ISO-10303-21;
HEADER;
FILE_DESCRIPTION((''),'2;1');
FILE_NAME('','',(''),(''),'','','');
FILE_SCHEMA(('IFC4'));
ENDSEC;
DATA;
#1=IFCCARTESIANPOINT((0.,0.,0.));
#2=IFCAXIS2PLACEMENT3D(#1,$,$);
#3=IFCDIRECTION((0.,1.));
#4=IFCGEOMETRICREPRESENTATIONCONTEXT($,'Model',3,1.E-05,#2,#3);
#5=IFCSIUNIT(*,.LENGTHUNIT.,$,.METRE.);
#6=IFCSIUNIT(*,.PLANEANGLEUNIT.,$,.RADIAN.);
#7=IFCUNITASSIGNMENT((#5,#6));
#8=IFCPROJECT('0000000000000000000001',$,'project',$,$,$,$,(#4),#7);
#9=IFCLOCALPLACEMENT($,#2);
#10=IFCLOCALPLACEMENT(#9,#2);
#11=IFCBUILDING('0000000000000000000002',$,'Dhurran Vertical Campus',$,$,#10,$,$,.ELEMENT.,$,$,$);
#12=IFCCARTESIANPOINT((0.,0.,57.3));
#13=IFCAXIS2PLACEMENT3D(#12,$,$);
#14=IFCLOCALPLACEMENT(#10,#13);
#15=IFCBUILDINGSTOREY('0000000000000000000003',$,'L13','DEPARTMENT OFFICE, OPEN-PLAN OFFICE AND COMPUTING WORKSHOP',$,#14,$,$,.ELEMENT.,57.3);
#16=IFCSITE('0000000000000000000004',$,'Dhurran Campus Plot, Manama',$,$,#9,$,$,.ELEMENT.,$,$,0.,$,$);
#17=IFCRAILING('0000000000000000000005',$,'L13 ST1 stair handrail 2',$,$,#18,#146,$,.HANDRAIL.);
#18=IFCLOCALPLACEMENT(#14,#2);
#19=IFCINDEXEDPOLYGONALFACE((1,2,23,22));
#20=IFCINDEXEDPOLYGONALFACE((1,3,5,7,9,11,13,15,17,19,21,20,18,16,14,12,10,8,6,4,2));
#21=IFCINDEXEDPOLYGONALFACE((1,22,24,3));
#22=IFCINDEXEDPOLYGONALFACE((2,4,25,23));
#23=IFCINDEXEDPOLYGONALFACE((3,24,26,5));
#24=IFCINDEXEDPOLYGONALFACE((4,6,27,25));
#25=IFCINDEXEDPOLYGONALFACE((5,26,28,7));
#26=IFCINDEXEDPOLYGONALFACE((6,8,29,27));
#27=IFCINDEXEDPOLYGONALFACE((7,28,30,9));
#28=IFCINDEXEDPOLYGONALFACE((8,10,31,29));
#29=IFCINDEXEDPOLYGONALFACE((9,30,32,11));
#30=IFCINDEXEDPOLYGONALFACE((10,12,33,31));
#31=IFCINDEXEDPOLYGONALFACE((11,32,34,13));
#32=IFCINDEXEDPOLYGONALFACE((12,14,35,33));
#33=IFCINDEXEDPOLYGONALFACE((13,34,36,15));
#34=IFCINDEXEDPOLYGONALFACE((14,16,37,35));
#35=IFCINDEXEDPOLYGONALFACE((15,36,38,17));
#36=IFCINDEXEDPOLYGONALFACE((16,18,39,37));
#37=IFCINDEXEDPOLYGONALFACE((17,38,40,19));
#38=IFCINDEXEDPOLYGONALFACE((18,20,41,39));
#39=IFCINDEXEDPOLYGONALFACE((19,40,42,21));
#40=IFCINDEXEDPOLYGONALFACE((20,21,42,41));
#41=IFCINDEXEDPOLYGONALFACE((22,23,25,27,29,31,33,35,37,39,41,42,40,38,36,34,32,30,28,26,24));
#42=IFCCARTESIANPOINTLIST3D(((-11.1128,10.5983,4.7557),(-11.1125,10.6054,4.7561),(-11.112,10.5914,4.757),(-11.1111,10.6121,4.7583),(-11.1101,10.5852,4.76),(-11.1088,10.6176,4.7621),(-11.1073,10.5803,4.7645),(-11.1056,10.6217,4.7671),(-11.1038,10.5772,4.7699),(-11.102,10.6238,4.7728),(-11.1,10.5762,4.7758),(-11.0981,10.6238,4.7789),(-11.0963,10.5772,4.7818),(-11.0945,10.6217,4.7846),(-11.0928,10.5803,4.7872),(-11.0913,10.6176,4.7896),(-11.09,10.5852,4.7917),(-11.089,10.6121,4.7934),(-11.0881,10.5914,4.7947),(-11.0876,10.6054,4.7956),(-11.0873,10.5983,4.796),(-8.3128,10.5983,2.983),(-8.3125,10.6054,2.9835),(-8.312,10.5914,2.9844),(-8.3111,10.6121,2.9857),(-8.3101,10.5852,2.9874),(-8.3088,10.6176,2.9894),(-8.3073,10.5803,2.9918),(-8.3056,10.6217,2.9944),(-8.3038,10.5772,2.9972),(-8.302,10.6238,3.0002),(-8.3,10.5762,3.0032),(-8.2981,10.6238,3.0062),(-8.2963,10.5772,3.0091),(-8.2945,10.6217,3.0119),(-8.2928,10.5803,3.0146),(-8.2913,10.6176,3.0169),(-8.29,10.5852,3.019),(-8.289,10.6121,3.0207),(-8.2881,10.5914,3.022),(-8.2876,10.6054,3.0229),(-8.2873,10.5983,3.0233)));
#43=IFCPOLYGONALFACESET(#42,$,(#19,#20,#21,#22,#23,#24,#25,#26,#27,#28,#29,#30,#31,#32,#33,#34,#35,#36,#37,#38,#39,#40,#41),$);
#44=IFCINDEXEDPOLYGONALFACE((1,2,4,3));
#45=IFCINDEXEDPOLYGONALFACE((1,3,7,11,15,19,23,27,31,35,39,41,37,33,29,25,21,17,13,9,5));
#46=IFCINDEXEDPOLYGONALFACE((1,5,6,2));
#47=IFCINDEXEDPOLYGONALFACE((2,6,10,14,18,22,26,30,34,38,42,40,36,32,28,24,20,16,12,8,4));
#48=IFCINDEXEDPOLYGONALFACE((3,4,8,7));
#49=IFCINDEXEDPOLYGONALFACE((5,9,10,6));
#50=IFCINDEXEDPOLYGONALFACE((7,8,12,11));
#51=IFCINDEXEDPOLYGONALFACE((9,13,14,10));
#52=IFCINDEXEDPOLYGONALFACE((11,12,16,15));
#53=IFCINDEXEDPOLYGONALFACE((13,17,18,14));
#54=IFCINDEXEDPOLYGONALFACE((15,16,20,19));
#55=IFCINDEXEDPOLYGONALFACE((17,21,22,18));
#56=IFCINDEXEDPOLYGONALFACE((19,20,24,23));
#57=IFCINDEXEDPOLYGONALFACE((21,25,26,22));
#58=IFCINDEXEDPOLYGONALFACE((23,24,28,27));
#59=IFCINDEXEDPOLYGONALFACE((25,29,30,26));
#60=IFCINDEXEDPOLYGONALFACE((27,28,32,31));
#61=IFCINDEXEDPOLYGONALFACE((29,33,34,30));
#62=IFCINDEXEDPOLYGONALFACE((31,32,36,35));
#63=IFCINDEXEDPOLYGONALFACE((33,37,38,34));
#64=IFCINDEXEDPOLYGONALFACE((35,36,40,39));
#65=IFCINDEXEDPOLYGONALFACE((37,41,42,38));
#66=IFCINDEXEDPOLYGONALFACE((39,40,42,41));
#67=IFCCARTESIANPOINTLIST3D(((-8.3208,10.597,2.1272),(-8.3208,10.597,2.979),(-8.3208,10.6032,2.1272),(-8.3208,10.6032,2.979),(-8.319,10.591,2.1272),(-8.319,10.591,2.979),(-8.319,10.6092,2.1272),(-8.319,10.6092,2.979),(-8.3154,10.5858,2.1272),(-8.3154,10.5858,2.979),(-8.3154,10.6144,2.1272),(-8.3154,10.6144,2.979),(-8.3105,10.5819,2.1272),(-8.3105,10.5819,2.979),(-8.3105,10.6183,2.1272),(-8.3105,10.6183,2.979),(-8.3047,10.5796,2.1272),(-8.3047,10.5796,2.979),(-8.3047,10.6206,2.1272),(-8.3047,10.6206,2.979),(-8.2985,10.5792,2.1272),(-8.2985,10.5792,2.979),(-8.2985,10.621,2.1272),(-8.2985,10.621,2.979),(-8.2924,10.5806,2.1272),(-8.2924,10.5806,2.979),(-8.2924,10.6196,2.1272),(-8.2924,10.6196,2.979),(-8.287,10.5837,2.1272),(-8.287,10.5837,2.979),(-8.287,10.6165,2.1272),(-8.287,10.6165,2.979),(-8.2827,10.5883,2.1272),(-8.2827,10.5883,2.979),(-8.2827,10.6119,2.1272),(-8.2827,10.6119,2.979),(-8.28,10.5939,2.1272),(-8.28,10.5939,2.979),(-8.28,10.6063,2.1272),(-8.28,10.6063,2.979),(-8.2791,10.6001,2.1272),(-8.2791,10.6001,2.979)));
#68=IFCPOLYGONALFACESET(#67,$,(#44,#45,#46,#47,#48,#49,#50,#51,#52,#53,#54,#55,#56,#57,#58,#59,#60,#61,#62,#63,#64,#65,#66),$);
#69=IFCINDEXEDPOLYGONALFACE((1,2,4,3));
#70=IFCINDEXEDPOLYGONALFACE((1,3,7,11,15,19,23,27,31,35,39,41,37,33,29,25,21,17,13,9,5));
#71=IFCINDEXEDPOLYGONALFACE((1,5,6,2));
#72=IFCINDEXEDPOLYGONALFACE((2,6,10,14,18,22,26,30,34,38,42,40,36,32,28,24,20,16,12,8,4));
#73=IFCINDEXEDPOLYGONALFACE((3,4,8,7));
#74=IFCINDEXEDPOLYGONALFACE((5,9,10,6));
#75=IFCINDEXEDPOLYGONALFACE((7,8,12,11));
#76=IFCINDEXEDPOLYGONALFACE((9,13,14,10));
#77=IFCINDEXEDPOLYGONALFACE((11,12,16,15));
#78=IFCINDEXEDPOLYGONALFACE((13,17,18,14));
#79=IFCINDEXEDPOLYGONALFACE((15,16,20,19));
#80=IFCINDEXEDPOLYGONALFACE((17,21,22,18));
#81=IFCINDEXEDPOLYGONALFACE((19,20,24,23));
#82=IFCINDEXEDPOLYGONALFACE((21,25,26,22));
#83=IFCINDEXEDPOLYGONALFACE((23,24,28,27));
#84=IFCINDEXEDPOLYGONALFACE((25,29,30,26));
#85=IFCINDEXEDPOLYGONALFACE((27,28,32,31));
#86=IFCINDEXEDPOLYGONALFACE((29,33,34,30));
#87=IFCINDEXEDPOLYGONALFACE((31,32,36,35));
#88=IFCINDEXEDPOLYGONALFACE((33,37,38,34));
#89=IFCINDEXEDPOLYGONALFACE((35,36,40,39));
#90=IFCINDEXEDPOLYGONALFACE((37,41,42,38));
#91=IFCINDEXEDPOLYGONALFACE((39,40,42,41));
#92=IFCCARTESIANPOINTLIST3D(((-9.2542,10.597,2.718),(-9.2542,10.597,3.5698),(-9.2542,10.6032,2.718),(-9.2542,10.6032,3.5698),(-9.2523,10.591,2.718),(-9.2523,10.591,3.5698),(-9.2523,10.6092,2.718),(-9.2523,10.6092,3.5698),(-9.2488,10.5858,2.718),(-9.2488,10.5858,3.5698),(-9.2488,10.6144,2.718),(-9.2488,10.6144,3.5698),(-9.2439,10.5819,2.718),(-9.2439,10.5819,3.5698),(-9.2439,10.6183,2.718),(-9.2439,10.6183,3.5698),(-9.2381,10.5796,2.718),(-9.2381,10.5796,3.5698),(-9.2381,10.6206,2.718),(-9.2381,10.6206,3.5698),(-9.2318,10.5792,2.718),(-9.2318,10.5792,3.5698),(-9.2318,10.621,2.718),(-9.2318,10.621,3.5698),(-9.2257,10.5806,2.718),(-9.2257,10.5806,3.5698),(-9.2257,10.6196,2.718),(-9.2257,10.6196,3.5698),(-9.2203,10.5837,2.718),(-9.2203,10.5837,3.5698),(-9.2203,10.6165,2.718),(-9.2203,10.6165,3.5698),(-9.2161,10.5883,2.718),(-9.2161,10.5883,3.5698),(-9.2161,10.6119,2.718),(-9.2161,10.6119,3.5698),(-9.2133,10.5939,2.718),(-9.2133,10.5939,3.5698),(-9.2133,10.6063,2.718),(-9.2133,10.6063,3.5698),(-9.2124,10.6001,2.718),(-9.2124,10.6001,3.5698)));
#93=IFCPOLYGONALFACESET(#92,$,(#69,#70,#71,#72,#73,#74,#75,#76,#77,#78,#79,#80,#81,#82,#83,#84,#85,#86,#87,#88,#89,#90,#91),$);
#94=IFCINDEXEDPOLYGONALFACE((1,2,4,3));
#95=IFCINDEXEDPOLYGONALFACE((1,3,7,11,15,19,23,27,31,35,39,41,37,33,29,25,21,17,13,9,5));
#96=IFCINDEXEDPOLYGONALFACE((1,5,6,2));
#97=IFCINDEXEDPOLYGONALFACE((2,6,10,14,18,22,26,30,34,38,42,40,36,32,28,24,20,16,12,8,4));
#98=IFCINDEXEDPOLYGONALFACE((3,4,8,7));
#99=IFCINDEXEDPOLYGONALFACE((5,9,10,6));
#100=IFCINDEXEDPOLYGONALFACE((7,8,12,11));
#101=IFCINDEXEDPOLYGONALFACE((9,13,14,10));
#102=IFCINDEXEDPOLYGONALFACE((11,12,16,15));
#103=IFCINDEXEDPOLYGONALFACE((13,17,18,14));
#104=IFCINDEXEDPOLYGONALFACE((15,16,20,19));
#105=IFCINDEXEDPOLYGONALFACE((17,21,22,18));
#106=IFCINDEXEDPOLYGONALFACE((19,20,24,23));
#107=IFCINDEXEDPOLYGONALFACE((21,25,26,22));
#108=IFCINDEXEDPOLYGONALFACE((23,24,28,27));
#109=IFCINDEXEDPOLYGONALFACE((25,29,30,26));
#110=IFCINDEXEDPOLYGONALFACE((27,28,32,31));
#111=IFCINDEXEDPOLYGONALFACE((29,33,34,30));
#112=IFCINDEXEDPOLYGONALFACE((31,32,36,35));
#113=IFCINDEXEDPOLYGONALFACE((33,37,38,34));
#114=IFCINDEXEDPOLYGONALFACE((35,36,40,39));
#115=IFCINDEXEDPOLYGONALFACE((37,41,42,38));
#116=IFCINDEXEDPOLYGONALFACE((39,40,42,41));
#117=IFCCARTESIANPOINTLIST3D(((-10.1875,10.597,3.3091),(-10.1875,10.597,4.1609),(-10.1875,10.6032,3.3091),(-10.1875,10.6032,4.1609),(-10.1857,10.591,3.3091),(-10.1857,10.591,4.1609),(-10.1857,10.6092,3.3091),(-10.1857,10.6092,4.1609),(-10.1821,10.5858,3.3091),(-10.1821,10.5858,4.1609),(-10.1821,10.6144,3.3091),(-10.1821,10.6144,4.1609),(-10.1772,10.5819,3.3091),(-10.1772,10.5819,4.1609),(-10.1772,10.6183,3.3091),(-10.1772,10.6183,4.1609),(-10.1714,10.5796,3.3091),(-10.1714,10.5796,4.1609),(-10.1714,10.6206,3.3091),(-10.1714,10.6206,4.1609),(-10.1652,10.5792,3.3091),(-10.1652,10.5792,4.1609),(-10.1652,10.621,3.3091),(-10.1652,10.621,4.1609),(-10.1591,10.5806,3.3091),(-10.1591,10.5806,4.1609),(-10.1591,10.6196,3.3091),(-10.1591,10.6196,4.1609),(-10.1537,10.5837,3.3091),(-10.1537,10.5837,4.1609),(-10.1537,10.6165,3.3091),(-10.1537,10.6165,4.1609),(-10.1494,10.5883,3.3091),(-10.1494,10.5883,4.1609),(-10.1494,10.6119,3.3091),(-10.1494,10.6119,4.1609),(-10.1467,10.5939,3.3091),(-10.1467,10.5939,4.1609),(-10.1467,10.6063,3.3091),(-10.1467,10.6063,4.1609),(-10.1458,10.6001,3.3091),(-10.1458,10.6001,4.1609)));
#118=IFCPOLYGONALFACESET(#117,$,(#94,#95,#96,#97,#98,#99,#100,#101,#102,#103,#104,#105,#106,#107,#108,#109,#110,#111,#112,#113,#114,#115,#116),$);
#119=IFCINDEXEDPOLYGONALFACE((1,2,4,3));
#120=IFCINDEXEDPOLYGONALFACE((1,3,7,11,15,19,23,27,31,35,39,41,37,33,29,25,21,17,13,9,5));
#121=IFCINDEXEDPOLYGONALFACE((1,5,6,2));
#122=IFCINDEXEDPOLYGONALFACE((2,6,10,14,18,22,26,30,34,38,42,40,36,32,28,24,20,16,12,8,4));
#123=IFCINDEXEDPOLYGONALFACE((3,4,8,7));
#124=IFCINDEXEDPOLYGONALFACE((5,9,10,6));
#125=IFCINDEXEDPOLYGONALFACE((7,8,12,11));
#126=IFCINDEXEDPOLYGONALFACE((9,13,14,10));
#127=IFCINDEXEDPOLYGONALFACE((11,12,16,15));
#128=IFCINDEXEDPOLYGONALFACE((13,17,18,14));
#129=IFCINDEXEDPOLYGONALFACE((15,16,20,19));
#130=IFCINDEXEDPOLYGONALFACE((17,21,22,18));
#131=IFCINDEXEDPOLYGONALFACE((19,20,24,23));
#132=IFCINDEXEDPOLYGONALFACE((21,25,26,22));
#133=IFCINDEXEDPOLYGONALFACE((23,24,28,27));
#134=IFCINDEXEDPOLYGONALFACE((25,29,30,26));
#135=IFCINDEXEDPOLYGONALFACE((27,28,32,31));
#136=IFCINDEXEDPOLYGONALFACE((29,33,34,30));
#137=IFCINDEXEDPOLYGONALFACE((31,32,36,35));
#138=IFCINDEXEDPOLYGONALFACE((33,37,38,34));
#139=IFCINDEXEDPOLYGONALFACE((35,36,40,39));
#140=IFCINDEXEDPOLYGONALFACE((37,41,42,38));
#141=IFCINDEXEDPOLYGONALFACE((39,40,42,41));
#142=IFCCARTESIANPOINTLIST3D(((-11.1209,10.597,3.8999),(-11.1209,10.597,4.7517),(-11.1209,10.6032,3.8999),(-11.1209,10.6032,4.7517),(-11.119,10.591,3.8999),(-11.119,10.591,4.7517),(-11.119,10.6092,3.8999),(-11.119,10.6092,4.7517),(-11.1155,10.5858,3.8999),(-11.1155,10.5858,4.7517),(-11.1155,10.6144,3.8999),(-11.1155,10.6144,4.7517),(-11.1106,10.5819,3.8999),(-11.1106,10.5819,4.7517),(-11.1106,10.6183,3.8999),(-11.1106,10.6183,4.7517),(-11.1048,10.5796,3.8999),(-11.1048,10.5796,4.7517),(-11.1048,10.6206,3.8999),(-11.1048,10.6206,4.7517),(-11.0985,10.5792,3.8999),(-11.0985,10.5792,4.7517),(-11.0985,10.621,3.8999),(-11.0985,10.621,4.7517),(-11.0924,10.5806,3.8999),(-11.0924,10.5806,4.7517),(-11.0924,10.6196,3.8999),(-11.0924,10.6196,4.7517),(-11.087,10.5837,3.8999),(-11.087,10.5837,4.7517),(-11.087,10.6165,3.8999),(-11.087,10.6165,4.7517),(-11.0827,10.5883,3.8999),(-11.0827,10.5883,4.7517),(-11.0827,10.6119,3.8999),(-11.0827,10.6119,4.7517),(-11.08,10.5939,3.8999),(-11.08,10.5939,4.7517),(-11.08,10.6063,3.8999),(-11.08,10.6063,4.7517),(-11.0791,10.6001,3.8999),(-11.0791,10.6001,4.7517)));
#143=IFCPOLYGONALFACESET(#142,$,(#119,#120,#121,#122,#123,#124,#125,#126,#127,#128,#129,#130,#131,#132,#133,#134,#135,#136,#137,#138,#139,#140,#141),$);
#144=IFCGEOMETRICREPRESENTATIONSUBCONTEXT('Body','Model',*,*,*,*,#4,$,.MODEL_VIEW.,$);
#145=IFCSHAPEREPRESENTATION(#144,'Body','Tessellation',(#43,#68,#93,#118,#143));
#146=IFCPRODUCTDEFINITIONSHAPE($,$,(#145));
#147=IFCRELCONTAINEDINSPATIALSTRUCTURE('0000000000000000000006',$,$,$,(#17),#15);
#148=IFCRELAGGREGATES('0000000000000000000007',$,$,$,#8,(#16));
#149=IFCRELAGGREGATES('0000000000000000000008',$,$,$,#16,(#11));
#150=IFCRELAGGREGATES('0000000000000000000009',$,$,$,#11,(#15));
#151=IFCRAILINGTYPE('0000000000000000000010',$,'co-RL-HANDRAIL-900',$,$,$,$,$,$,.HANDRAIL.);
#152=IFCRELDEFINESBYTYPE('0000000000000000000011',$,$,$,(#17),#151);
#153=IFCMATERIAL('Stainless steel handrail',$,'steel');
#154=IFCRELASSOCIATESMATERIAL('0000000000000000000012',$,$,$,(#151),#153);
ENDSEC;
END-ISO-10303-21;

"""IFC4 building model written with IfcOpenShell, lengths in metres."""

from ifc_helpers import new_model, si_unit, direction, frame, origin, origin_2d, place, context, subcontext, project, spatial, circle, extrude, material, type_object, element, save


model = new_model("IFC4")

# Units and contexts
model_context = context("Model", 3, precision=1e-05, world=origin(), true_north=direction((0.0, 1.0)))
body_context = subcontext(model_context, "Body", "Model", "MODEL_VIEW")
ifc_project = project(units=[si_unit("LENGTHUNIT", "METRE"), si_unit("PLANEANGLEUNIT", "RADIAN")], contexts=[model_context])

# Site, building, storey
site_placement = place(None, origin())
site = spatial("IfcSite", under=ifc_project, at=site_placement, Name="Dhurran Campus Plot, Manama", CompositionType="ELEMENT", RefElevation=0.0)
building_placement = place(site_placement, origin())
building = spatial("IfcBuilding", under=site, at=building_placement, Name="Dhurran Vertical Campus", CompositionType="ELEMENT")
storey_placement = place(building_placement, frame((0.0, 0.0, 57.3)))
storey = spatial("IfcBuildingStorey", under=building, at=storey_placement, Name="L13", Description="DEPARTMENT OFFICE, OPEN-PLAN OFFICE AND COMPUTING WORKSHOP", CompositionType="ELEMENT", Elevation=57.3)

# Railing
ifc_material_1 = material(Name="Stainless steel handrail", Category="steel")
railing_type_1 = type_object("IfcRailingType", Name="co-RL-HANDRAIL-900", PredefinedType="HANDRAIL", material=ifc_material_1)
railing_1_placement = place(storey_placement, frame((-8.3, 10.6001, 2.1272)))
element("IfcRailing", 1, at=railing_1_placement, inside=storey, type_object=railing_type_1, Name="L13 ST1 stair handrail 2", PredefinedType="HANDRAIL", context=body_context, shape_type="SweptSolid", body=[
    extrude(circle(Radius=0.0239, at=origin_2d()), frame((0.0, 0.0, 0.876), z_axis=(-0.844909, 0.0, 0.53491), x_axis=(0.0, -1.0, 0.0)), (0.0, 0.0, 1.0), 3.314),
    extrude(circle(Radius=0.021, at=origin_2d()), origin(), (0.0, 0.0, 1.0), 0.8518),
    extrude(circle(Radius=0.021, at=origin_2d()), frame((-0.9333, 0.0, 0.5908)), (0.0, 0.0, 1.0), 0.8518),
    extrude(circle(Radius=0.021, at=origin_2d()), frame((-1.8667, 0.0, 1.1819)), (0.0, 0.0, 1.0), 0.8518),
    extrude(circle(Radius=0.021, at=origin_2d()), frame((-2.8, 0.0, 1.7727)), (0.0, 0.0, 1.0), 0.8518),
])

save(model, "model.ifc")
